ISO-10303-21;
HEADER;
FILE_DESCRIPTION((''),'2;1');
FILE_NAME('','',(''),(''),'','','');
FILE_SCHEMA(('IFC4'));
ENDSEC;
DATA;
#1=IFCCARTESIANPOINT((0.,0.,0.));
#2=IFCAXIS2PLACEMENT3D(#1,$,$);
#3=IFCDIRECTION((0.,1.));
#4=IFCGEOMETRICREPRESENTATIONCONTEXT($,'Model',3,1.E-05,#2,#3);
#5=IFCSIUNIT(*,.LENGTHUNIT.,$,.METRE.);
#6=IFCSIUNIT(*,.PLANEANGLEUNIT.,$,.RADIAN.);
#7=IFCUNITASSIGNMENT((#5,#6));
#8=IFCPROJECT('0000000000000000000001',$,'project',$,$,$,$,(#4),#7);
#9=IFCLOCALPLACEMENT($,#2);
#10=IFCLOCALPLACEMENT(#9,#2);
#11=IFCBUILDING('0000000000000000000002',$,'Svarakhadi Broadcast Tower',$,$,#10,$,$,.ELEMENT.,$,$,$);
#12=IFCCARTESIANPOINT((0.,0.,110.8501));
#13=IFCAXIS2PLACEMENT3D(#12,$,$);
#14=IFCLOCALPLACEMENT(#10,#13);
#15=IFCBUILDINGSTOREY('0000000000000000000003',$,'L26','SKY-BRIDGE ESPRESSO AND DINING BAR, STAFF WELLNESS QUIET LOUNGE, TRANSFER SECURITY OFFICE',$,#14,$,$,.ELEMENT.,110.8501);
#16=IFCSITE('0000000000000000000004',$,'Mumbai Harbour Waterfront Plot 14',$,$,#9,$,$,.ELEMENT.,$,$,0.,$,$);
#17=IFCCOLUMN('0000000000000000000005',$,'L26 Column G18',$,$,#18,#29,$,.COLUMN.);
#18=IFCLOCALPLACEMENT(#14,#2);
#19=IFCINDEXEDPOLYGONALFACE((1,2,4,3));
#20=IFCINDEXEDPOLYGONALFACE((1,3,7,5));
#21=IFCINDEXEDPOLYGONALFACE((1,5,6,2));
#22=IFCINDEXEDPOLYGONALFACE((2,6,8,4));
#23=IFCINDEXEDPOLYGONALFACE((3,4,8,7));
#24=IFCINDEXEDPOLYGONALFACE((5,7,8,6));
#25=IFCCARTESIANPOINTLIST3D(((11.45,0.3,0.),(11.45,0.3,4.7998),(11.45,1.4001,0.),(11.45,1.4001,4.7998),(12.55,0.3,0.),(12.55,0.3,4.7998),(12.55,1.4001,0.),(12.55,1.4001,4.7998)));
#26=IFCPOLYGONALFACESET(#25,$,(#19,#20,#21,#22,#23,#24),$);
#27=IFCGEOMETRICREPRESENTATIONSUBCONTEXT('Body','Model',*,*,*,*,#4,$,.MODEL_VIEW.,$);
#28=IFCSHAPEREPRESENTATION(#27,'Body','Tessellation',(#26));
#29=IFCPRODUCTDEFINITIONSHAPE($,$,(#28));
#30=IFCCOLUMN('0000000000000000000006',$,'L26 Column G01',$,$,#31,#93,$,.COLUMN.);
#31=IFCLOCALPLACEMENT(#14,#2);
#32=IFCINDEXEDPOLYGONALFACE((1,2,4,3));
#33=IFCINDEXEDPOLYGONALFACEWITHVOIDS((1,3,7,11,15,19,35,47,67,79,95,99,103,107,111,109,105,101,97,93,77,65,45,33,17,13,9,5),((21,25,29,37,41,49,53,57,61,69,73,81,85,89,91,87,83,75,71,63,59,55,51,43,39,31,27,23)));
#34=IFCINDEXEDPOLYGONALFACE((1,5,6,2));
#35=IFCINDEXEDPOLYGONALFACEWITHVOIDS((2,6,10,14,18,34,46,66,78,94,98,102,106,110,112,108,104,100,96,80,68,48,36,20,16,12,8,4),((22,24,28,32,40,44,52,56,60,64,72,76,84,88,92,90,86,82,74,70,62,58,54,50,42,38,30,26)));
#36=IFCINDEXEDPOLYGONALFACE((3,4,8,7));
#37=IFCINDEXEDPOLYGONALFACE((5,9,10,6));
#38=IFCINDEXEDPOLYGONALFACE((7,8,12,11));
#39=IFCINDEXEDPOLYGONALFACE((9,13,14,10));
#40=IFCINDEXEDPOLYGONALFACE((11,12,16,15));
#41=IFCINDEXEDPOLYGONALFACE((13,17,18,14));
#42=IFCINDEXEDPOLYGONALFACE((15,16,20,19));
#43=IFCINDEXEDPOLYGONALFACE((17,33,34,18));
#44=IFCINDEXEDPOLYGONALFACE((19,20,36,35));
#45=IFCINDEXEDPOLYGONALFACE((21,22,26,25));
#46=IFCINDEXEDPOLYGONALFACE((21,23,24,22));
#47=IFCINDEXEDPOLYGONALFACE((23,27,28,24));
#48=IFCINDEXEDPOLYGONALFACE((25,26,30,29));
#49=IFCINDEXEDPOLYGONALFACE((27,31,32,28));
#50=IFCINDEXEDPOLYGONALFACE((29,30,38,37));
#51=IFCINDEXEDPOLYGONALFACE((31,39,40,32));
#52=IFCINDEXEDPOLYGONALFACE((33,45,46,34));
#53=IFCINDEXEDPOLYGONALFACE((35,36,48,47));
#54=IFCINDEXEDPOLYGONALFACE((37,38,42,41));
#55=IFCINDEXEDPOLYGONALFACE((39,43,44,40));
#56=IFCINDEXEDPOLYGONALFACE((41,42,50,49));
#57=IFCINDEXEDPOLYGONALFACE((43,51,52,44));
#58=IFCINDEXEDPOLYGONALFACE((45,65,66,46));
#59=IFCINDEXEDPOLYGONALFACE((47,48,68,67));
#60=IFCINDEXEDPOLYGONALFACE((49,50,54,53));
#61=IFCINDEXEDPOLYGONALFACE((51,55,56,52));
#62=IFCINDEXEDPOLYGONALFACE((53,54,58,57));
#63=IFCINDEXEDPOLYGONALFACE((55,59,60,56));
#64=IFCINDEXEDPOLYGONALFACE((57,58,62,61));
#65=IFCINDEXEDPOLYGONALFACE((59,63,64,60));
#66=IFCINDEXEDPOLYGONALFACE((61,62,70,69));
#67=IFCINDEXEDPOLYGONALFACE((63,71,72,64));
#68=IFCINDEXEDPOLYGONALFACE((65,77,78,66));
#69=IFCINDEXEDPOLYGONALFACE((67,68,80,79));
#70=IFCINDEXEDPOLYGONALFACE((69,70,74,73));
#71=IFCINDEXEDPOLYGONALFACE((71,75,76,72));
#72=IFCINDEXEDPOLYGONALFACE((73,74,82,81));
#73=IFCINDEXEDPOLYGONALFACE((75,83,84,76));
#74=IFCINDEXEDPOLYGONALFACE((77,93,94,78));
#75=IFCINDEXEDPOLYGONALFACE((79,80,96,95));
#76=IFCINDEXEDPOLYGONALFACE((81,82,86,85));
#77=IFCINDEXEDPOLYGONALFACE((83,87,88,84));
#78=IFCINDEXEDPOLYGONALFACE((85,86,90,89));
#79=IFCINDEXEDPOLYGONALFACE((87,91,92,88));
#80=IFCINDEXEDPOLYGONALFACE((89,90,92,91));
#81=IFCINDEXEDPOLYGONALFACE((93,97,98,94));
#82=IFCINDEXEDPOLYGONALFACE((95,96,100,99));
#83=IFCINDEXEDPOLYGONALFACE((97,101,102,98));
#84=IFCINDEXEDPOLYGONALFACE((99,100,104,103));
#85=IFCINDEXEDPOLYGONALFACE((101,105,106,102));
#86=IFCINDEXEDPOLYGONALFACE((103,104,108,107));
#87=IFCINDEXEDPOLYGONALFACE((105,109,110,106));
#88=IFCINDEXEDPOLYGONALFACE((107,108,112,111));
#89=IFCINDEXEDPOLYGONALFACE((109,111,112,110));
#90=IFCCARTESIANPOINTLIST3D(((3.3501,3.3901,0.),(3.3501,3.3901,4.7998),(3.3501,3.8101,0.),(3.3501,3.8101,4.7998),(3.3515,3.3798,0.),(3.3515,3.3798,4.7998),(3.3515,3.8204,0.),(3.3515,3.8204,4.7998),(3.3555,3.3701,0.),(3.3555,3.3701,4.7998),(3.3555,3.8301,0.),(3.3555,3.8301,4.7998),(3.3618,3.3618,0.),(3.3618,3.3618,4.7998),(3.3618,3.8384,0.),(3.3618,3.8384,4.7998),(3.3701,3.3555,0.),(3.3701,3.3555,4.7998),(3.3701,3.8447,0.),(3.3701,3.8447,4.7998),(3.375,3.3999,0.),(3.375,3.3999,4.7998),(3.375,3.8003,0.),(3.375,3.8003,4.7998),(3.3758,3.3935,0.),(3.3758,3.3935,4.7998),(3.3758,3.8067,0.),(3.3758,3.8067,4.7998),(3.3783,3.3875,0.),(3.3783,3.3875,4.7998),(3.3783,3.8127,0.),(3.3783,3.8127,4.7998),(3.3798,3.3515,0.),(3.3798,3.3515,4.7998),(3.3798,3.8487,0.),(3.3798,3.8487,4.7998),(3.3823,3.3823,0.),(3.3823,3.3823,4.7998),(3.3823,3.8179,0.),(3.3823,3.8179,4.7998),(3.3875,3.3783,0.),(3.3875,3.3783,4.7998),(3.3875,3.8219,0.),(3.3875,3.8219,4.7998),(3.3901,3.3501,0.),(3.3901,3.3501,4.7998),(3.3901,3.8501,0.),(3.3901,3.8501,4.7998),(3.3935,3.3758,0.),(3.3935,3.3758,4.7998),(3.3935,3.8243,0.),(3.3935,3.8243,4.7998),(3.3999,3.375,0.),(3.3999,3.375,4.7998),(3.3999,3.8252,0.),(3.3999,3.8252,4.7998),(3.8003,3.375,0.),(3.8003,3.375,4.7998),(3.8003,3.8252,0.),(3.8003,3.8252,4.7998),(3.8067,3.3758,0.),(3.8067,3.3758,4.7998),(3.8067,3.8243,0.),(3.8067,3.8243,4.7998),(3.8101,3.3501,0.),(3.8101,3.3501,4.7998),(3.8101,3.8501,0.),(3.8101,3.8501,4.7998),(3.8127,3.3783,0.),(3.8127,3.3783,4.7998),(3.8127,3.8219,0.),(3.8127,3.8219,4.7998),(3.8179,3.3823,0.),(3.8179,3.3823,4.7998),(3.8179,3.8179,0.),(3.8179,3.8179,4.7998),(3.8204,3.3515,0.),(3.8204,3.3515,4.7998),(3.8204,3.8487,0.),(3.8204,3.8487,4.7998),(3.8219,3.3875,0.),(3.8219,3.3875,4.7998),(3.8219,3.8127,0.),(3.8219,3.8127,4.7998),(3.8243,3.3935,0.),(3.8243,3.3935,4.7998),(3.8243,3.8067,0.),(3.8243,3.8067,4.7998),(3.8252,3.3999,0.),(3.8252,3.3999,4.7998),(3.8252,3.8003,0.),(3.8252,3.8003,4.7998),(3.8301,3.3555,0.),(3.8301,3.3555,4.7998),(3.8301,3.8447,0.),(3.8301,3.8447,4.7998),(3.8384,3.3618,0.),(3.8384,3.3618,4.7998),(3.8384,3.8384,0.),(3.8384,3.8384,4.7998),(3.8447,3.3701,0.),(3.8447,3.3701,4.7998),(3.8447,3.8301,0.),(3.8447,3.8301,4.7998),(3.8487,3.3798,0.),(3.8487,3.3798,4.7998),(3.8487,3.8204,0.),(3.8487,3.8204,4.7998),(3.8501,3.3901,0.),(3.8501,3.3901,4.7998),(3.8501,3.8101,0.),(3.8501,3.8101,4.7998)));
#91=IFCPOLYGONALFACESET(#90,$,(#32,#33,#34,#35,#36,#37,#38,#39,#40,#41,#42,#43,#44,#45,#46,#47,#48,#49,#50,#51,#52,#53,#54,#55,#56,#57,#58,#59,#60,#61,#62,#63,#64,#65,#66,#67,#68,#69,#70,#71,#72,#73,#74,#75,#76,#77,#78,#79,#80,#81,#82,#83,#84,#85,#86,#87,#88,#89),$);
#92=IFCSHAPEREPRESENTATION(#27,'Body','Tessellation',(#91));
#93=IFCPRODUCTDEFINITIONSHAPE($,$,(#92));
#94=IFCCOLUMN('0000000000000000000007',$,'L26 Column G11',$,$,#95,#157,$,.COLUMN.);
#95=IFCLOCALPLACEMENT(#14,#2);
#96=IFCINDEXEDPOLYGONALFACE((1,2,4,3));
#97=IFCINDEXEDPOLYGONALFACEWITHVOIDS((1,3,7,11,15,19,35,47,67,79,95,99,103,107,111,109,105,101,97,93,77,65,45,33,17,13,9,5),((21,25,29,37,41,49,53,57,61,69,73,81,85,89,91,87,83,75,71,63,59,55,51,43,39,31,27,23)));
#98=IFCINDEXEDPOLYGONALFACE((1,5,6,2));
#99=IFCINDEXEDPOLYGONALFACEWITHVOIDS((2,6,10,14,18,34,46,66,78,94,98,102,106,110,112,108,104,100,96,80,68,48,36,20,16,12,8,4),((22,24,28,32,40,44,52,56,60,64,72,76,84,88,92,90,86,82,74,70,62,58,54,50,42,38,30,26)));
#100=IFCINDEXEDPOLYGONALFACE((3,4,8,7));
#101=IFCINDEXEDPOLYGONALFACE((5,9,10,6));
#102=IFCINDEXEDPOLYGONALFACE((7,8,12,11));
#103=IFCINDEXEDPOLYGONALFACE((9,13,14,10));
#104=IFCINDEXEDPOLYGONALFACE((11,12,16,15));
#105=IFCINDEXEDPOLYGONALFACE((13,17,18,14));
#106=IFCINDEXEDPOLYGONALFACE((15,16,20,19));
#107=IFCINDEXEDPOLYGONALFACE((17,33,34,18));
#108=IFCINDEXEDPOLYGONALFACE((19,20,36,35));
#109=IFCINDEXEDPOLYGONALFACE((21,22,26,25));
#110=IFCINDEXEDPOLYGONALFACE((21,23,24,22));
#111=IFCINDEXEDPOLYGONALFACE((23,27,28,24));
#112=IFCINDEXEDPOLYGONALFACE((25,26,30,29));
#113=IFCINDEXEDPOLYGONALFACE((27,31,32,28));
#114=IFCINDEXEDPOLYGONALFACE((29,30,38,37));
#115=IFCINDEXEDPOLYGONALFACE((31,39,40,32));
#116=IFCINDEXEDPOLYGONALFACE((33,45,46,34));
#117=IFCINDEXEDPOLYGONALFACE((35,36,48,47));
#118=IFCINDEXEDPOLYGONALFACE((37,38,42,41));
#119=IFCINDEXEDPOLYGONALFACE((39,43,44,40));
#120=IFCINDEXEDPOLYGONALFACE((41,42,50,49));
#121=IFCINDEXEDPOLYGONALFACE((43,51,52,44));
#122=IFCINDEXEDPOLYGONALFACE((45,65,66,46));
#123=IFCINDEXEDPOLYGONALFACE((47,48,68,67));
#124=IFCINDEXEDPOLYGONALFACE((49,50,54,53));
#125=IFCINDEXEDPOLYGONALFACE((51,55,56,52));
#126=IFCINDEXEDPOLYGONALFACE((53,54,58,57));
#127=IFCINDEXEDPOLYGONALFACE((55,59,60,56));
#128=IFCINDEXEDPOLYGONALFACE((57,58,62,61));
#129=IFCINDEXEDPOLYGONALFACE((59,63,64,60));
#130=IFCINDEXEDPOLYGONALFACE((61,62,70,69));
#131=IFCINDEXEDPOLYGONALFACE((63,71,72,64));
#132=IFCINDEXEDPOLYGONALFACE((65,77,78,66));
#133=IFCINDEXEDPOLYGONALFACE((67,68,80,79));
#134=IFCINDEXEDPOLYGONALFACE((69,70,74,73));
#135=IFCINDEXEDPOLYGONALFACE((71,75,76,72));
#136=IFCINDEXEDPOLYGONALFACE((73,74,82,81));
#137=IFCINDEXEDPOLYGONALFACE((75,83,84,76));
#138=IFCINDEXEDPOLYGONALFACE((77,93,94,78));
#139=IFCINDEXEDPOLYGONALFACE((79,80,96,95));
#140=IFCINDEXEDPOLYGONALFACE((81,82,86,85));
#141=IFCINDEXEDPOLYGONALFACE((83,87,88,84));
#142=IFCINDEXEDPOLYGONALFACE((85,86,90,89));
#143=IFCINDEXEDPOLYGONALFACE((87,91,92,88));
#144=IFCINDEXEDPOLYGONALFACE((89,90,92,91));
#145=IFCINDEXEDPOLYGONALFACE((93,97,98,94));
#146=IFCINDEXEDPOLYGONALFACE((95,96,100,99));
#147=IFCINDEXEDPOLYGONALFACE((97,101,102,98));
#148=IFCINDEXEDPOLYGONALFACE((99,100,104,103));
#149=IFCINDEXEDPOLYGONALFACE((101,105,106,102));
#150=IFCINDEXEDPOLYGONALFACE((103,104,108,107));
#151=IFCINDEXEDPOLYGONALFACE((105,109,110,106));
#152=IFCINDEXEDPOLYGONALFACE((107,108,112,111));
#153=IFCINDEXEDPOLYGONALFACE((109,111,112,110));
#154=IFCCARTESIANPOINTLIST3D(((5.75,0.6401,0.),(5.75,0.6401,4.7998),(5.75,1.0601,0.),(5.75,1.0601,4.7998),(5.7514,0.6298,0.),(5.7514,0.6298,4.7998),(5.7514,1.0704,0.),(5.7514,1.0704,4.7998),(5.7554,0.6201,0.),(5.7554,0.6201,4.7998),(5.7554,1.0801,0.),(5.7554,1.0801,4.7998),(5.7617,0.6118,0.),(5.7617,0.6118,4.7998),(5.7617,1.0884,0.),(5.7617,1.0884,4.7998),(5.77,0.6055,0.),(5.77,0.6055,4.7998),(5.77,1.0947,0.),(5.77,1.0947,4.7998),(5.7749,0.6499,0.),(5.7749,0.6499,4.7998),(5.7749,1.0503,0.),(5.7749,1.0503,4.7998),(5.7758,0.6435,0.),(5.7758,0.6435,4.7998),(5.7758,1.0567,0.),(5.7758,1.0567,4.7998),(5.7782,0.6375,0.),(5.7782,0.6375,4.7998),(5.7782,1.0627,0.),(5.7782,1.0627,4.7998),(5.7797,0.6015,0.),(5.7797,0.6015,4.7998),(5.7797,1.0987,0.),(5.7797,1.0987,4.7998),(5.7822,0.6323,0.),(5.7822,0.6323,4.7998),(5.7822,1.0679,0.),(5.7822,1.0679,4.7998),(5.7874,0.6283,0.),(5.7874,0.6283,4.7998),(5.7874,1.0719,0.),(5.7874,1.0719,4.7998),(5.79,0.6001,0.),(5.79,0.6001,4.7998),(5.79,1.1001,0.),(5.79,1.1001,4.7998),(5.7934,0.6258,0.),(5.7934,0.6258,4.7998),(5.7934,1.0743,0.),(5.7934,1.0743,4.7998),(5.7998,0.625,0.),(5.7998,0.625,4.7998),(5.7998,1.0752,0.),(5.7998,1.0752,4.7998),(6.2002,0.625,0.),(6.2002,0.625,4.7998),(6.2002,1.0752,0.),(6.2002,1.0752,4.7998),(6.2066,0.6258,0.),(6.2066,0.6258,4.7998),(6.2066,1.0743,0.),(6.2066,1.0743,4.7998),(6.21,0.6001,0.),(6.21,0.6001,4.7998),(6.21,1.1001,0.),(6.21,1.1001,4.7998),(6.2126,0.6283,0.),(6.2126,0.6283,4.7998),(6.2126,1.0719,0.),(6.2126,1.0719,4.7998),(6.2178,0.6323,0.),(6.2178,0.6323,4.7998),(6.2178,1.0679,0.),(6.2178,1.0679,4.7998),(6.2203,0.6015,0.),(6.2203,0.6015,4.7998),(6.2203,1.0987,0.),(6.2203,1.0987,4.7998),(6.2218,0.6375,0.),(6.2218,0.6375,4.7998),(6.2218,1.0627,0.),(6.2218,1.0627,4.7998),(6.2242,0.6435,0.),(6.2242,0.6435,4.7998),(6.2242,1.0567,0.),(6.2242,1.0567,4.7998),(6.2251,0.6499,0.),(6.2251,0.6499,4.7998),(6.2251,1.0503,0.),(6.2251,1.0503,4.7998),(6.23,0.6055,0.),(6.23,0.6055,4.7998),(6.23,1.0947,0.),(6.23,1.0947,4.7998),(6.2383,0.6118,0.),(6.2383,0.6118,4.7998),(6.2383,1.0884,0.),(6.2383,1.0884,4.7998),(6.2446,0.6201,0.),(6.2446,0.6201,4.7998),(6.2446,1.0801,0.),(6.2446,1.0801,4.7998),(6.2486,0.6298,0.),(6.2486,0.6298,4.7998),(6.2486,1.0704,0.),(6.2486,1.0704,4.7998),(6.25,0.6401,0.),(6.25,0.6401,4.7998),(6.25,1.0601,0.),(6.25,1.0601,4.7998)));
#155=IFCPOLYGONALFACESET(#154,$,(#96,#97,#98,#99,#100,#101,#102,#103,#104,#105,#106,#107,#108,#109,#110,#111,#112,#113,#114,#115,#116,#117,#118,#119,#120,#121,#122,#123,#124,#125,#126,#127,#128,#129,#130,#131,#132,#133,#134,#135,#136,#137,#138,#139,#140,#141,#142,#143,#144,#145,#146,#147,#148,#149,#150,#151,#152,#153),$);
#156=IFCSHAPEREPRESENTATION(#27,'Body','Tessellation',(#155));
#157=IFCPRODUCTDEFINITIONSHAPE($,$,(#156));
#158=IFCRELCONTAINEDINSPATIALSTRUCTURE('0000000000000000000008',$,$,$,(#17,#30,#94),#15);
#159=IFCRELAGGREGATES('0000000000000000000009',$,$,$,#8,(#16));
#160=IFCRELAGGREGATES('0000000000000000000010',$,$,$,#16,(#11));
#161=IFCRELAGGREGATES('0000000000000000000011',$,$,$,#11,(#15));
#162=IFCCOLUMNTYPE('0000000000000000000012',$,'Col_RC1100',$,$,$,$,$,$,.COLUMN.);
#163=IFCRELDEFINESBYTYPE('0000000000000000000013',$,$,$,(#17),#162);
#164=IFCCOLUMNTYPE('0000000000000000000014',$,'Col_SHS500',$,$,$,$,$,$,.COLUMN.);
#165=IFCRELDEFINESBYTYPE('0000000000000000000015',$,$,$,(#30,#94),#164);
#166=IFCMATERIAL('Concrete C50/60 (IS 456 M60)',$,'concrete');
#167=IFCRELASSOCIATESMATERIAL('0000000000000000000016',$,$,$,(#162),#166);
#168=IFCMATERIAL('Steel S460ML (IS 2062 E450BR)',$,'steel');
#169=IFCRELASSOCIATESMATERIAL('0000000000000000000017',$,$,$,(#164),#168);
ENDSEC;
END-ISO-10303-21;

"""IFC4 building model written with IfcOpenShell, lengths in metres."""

from ifc_helpers import new_model, si_unit, direction, frame, origin, origin_2d, place, context, subcontext, project, spatial, rectangle, hollow_rectangle, extrude, material, material_profile, profile_set, type_object, element, save


model = new_model("IFC4")

# Units and contexts
model_context = context("Model", 3, precision=1e-05, world=origin(), true_north=direction((0.0, 1.0)))
body_context = subcontext(model_context, "Body", "Model", "MODEL_VIEW")
ifc_project = project(units=[si_unit("LENGTHUNIT", "METRE"), si_unit("PLANEANGLEUNIT", "RADIAN")], contexts=[model_context])

# Site, building, storey
site_placement = place(None, origin())
site = spatial("IfcSite", under=ifc_project, at=site_placement, Name="Mumbai Harbour Waterfront Plot 14", CompositionType="ELEMENT", RefElevation=0.0)
building_placement = place(site_placement, origin())
building = spatial("IfcBuilding", under=site, at=building_placement, Name="Svarakhadi Broadcast Tower", CompositionType="ELEMENT")
storey_placement = place(building_placement, frame((0.0, 0.0, 110.8501)))
storey = spatial("IfcBuildingStorey", under=building, at=storey_placement, Name="L26", Description="SKY-BRIDGE ESPRESSO AND DINING BAR, STAFF WELLNESS QUIET LOUNGE, TRANSFER SECURITY OFFICE", CompositionType="ELEMENT", Elevation=110.8501)

# Columns
ifc_material_1 = material(Name="Concrete C50/60 (IS 456 M60)", Category="concrete")
ifc_material_profile_1 = material_profile(ifc_material_1, rectangle(XDim=1.1001, YDim=1.1001, at=origin_2d()), Name="RC 1100x1100")
ifc_profile_set_1 = profile_set([ifc_material_profile_1], Name="Concrete C50/60 (IS 456 M60)")
column_type_1 = type_object("IfcColumnType", Name="Col_RC1100", PredefinedType="COLUMN", material=ifc_profile_set_1)
column_placement = place(storey_placement, frame((12.0, 0.8501, 0.0), z_axis=(0.0, 0.0, 1.0), x_axis=(1.0, 0.0, 0.0)))
element("IfcColumn", 1, at=column_placement, inside=storey, type_object=column_type_1, Name="L26 Column G18", PredefinedType="COLUMN", context=body_context, shape_type="SweptSolid", body=[
    extrude(rectangle(XDim=1.1001, YDim=1.1001, at=origin_2d()), origin(), (0.0, 0.0, 1.0), 4.7998),
])
ifc_material_2 = material(Name="Steel S460ML (IS 2062 E450BR)", Category="steel")
ifc_material_profile_2 = material_profile(ifc_material_2, hollow_rectangle(XDim=0.5, YDim=0.5, WallThickness=0.0249, InnerFilletRadius=0.0249, OuterFilletRadius=0.04, at=origin_2d()), Name="SHS 500x500x25")
ifc_profile_set_2 = profile_set([ifc_material_profile_2], Name="Steel S460ML (IS 2062 E450BR)")
column_type_2 = type_object("IfcColumnType", Name="Col_SHS500", PredefinedType="COLUMN", material=ifc_profile_set_2)
for number, where, z_axis, x_axis, name in (
    (2, (3.6001, 3.6001, 0.0), (0.0, 0.0, 1.0), (1.0, 0.0, 0.0), "L26 Column G01"),
    (3, (6.0, 0.8501, 0.0), (0.0, 0.0, 1.0), (1.0, 0.0, 0.0), "L26 Column G11"),
):
    element("IfcColumn", number, at=place(storey_placement, frame(where, z_axis=z_axis, x_axis=x_axis)), inside=storey, type_object=column_type_2, Name=name, PredefinedType="COLUMN", context=body_context, shape_type="SweptSolid", body=[
        extrude(hollow_rectangle(XDim=0.5, YDim=0.5, WallThickness=0.0249, InnerFilletRadius=0.0249, OuterFilletRadius=0.04, at=origin_2d()), origin(), (0.0, 0.0, 1.0), 4.7998),
    ])

save(model, "model.ifc")
